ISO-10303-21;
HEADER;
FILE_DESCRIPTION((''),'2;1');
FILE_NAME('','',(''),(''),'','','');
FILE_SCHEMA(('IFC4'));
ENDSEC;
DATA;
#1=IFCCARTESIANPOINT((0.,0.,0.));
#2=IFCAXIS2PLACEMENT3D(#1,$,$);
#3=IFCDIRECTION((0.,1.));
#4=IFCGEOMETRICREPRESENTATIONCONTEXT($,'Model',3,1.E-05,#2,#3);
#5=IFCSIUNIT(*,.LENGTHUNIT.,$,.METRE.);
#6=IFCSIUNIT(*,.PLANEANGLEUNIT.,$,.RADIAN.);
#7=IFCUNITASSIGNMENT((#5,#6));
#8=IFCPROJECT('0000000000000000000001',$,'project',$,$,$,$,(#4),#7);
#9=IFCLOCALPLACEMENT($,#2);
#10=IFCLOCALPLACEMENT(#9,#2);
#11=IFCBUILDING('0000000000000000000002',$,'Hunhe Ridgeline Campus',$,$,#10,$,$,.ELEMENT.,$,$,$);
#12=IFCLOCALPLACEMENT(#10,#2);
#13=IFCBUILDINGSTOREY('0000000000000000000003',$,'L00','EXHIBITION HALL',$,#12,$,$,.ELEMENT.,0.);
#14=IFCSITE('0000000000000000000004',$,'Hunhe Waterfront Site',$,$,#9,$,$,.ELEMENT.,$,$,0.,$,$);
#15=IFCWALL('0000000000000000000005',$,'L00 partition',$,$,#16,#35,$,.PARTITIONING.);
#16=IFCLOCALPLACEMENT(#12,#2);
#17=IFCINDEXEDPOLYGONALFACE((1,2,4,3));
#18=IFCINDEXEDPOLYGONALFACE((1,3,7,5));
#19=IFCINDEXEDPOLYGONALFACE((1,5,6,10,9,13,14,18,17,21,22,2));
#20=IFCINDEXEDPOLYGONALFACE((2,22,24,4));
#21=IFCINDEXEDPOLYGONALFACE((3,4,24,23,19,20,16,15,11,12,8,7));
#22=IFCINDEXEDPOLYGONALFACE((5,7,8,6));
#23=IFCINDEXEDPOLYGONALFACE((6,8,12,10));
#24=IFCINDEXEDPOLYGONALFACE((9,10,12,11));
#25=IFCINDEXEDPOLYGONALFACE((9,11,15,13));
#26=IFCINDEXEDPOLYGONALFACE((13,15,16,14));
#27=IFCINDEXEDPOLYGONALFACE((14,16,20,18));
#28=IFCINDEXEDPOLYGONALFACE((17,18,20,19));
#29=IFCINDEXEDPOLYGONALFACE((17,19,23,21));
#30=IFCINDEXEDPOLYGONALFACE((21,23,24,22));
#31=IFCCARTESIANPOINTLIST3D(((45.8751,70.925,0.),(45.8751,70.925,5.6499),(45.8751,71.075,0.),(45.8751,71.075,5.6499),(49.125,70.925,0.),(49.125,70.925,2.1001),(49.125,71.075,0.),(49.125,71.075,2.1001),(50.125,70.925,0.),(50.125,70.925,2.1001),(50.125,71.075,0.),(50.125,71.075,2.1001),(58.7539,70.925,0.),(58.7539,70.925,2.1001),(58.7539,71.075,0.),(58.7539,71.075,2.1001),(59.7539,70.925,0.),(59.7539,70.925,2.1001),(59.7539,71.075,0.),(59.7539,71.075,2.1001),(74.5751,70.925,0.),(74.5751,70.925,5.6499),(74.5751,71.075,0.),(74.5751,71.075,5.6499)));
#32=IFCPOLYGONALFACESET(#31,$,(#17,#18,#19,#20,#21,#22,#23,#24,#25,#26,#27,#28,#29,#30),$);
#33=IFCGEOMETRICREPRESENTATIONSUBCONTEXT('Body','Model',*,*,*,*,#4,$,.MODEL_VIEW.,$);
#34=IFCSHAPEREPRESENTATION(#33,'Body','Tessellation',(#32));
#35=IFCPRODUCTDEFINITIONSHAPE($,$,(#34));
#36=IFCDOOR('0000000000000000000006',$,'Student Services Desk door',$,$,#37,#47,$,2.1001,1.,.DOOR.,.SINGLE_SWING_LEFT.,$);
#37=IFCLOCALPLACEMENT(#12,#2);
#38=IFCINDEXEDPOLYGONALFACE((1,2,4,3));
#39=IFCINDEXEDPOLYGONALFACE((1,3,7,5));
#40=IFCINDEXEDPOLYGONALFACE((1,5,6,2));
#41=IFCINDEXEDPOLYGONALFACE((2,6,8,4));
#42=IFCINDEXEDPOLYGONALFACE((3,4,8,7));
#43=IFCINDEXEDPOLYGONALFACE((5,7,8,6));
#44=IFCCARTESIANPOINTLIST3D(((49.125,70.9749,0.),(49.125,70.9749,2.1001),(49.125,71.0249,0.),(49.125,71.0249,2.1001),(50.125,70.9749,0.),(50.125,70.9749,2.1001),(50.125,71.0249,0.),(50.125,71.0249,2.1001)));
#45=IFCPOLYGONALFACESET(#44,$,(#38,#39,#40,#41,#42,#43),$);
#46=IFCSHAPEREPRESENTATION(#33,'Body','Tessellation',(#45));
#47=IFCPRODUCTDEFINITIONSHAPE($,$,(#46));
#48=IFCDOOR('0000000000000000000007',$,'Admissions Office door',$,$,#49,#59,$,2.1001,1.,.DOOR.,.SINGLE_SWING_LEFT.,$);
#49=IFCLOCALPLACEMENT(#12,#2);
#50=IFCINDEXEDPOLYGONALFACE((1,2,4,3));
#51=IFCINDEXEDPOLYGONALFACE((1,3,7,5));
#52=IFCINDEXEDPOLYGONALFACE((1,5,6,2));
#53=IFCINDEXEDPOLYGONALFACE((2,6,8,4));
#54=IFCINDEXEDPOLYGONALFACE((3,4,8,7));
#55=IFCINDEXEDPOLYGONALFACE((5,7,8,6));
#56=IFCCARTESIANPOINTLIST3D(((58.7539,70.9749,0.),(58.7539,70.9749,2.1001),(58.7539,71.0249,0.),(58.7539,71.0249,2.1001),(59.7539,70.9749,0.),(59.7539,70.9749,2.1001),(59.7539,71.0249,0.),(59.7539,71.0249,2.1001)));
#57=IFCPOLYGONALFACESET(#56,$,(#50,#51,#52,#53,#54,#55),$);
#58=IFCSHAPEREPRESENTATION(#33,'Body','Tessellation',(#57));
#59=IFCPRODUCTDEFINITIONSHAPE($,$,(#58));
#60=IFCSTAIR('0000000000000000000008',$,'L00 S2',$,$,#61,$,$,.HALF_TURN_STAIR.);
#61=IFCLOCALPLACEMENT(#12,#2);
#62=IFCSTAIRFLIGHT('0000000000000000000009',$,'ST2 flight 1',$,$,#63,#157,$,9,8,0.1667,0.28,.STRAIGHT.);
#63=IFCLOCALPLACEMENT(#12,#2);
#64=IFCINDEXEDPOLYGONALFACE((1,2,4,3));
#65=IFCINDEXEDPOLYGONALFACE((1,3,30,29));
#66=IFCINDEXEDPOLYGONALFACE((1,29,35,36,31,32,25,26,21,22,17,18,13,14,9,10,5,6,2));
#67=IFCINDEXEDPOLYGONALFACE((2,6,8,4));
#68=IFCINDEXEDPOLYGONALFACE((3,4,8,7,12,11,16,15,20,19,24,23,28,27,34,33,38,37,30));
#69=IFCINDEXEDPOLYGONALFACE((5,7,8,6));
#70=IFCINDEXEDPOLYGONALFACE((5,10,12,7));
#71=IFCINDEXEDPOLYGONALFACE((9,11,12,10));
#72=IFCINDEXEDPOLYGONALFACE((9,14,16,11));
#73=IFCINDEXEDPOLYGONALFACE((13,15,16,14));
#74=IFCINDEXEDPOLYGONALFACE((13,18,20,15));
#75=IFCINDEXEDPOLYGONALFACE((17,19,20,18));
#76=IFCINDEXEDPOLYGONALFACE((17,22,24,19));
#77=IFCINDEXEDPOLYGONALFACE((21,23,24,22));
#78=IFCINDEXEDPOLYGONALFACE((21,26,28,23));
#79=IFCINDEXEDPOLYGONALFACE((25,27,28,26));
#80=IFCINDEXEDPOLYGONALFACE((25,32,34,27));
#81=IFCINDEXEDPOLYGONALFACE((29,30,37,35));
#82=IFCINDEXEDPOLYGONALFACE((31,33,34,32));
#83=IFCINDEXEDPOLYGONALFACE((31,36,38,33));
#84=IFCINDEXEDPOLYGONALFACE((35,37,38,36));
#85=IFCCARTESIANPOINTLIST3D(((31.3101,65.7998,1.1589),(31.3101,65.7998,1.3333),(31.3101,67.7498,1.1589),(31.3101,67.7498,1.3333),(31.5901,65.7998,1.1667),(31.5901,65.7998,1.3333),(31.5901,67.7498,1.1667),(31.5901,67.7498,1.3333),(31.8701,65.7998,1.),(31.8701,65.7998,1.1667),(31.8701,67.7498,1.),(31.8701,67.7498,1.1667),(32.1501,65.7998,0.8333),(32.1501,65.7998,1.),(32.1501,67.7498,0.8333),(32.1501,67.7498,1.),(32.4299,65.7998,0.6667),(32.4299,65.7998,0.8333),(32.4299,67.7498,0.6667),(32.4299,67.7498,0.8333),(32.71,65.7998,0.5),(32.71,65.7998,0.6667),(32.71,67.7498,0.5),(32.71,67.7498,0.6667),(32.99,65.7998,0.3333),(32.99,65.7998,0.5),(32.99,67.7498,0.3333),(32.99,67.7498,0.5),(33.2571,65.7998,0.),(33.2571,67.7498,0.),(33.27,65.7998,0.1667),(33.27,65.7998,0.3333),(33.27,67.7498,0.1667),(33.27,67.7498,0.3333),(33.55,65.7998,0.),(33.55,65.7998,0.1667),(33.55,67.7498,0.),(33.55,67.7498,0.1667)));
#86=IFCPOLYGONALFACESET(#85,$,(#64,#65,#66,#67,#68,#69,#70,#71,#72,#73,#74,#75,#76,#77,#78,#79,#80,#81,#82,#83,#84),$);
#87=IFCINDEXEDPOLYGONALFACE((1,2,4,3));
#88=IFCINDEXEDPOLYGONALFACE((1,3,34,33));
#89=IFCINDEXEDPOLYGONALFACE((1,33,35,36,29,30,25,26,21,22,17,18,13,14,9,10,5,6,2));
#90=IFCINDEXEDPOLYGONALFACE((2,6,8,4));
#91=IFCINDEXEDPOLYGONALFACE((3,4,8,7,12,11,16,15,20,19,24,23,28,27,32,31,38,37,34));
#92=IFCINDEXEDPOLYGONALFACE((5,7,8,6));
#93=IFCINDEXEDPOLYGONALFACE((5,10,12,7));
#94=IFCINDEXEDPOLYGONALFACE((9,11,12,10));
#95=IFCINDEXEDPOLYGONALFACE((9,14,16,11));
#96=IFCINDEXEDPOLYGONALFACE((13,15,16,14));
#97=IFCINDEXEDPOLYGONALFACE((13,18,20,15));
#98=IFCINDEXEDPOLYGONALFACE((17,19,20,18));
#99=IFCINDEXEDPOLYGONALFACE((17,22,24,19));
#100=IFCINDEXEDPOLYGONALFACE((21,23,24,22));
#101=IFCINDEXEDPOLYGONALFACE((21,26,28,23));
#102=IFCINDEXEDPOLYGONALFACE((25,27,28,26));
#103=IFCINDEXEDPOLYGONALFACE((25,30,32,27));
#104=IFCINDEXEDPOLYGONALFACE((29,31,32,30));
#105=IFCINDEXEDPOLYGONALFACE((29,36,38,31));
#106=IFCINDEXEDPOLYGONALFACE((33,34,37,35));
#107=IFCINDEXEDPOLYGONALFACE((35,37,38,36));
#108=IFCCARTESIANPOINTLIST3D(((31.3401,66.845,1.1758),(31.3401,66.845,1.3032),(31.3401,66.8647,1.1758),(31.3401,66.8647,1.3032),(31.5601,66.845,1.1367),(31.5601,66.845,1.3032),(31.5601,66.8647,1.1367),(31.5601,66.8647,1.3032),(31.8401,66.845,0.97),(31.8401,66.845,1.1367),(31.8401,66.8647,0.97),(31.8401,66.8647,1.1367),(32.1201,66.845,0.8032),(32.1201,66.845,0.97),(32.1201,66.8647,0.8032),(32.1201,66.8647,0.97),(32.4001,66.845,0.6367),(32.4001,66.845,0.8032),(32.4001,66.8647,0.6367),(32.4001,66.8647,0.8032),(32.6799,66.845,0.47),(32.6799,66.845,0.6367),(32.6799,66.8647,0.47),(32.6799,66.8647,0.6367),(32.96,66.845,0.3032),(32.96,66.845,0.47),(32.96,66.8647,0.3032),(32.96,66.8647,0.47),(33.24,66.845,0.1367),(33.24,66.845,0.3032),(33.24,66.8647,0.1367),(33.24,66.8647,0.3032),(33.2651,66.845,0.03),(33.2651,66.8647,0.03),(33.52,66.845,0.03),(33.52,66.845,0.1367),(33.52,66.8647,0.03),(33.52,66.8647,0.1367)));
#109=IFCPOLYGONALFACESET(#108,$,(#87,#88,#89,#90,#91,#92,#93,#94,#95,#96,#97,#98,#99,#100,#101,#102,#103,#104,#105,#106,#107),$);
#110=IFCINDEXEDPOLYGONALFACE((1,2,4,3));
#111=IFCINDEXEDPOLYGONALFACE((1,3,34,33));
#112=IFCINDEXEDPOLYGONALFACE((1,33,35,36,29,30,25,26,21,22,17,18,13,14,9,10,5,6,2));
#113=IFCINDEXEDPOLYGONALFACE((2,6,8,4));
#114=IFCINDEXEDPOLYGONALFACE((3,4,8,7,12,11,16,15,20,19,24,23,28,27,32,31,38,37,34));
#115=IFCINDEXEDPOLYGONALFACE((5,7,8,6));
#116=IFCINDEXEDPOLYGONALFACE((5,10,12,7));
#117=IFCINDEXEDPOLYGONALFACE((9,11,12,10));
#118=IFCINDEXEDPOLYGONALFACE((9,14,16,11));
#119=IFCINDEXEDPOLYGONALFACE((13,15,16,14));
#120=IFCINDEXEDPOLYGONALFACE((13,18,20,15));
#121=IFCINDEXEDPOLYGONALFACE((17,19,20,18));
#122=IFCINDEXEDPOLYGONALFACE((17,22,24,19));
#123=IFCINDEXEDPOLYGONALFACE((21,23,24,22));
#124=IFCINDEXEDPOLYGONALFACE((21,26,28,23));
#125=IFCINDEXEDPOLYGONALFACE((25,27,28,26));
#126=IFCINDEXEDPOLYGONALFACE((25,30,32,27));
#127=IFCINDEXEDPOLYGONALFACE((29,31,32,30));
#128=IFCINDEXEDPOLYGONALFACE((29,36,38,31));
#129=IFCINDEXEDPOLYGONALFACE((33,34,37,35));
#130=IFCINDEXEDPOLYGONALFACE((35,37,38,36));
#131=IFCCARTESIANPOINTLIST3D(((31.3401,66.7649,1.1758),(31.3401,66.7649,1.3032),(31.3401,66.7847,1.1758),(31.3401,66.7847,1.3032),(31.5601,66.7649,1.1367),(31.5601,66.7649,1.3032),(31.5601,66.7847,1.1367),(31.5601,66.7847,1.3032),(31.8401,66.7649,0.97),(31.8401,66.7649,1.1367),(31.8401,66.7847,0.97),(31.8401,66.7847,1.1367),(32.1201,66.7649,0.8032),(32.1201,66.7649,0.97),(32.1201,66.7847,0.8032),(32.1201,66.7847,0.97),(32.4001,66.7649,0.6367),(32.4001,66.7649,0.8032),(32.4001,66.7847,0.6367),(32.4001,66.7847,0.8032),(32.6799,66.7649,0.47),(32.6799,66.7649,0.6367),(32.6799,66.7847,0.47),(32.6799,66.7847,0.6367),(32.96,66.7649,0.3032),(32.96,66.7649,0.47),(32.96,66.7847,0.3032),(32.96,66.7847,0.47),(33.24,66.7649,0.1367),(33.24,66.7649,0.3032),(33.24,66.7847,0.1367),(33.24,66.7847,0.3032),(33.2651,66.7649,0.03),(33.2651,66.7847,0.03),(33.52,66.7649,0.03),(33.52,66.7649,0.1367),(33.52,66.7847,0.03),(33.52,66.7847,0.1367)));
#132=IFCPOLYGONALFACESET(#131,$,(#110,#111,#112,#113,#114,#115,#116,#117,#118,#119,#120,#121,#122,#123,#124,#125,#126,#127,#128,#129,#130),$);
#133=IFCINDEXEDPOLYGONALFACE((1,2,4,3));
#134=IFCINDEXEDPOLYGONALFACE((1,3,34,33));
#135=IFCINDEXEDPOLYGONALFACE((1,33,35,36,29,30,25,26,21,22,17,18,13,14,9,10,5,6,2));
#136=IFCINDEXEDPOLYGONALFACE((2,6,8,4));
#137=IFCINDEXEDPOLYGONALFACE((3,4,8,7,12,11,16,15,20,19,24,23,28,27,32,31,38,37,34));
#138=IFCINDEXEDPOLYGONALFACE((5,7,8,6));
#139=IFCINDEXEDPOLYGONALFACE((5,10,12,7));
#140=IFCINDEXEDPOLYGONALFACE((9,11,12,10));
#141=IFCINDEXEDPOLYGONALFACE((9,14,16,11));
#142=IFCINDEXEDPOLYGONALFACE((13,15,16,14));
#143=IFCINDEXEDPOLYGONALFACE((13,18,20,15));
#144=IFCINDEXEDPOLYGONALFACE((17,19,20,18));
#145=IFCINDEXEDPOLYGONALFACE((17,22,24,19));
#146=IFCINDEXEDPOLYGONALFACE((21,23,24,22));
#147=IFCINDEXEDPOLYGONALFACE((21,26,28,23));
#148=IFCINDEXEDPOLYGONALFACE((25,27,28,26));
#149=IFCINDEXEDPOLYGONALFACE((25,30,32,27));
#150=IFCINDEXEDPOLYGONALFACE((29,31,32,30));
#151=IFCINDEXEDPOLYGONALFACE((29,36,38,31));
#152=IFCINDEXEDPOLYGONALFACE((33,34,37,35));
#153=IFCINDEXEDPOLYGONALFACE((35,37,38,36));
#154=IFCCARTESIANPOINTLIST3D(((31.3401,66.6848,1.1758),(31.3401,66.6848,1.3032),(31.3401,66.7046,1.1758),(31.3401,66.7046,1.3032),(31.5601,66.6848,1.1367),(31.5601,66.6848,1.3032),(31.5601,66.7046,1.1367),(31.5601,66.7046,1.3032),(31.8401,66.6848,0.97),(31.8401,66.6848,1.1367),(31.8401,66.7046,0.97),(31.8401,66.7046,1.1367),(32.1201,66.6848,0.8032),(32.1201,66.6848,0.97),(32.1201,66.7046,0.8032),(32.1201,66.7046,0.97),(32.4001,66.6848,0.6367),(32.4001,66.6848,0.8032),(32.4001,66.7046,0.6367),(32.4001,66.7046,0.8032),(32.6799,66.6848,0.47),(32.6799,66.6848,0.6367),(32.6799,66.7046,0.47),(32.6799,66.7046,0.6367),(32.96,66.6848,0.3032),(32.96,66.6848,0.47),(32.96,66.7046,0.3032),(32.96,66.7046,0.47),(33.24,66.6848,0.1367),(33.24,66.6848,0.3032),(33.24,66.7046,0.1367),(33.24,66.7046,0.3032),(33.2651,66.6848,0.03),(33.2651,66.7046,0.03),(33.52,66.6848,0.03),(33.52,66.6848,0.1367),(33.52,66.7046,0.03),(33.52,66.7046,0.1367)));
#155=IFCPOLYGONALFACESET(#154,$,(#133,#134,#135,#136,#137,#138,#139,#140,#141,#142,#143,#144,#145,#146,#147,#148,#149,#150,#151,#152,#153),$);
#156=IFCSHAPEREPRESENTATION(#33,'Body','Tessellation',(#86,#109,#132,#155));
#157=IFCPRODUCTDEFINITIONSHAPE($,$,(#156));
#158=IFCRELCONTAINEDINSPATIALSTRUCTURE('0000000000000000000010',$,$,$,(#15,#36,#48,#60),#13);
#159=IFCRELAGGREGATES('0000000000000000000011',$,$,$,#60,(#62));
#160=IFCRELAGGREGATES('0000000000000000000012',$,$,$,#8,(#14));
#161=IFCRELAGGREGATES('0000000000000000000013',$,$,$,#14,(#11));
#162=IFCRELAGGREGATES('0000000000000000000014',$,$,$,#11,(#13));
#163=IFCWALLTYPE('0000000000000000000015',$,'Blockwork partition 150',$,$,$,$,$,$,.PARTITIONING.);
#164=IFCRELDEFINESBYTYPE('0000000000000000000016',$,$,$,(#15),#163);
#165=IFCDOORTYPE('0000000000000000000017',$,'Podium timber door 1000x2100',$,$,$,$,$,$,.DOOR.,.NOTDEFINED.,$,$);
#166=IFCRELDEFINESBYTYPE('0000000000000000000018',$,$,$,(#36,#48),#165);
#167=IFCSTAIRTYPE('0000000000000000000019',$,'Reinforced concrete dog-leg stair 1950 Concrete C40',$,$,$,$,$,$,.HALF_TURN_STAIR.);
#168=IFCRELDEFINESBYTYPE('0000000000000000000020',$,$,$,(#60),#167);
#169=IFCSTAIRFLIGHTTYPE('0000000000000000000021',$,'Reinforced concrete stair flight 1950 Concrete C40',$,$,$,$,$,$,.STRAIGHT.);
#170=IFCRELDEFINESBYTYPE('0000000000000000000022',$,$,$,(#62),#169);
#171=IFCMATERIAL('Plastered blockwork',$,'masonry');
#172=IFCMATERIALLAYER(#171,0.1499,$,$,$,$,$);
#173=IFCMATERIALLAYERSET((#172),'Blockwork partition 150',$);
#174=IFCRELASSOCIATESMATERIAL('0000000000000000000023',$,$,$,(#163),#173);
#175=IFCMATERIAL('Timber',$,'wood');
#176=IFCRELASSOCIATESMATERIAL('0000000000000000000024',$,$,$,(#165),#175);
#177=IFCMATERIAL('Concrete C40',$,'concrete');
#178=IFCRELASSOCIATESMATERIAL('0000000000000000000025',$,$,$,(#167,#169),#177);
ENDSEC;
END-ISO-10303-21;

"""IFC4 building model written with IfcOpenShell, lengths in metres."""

from ifc_helpers import new_model, si_unit, direction, frame, frame_2d, origin, place, context, subcontext, project, spatial, polyline, rectangle, outline, extrude, material, layer, layer_set, type_object, element, fill, aggregate, save


model = new_model("IFC4")

# Units and contexts
model_context = context("Model", 3, precision=1e-05, world=origin(), true_north=direction((0.0, 1.0)))
body_context = subcontext(model_context, "Body", "Model", "MODEL_VIEW")
ifc_project = project(units=[si_unit("LENGTHUNIT", "METRE"), si_unit("PLANEANGLEUNIT", "RADIAN")], contexts=[model_context])

# Site, building, storey
site_placement = place(None, origin())
site = spatial("IfcSite", under=ifc_project, at=site_placement, Name="Hunhe Waterfront Site", CompositionType="ELEMENT", RefElevation=0.0)
building_placement = place(site_placement, origin())
building = spatial("IfcBuilding", under=site, at=building_placement, Name="Hunhe Ridgeline Campus", CompositionType="ELEMENT")
storey_placement = place(building_placement, origin())
storey = spatial("IfcBuildingStorey", under=building, at=storey_placement, Name="L00", Description="EXHIBITION HALL", CompositionType="ELEMENT", Elevation=0.0)

# Shared definitions
ifc_material_1 = material(Name="Plastered blockwork", Category="masonry")
ifc_layer = layer(ifc_material_1, 0.1499)
ifc_layer_set = layer_set([ifc_layer], Name="Blockwork partition 150")
wall_type = type_object("IfcWallType", Name="Blockwork partition 150", PredefinedType="PARTITIONING", material=ifc_layer_set)

# Shared definitions
ifc_material_2 = material(Name="Timber", Category="wood")
door_type_1 = type_object("IfcDoorType", Name="Podium timber door 1000x2100", OperationType="NOTDEFINED", PredefinedType="DOOR", material=ifc_material_2)

# Wall, openings, doors
wall_1_placement = place(storey_placement, frame((45.875, 71.0, 0.0), z_axis=(0.0, 0.0, 1.0), x_axis=(1.0, 0.0, 0.0)))
wall_1 = element("IfcWall", 1, at=wall_1_placement, inside=storey, type_object=wall_type, Name="L00 partition", PredefinedType="PARTITIONING", context=body_context, shape_type="SweptSolid", body=[
    extrude(rectangle(XDim=28.7, YDim=0.1499, at=frame_2d((14.3501, 0.0))), origin(), (0.0, 0.0, 1.0), 5.6499),
])
opening_1_placement = place(wall_1_placement, frame((3.25, 0.0, 0.0)))
opening_1 = element("IfcOpeningElement", 2, at=opening_1_placement, cuts=wall_1, PredefinedType="OPENING", context=body_context, shape_type="SweptSolid", body=[
    extrude(rectangle(XDim=1.0, YDim=2.1001, at=frame_2d((0.5, 1.05))), frame((0.0, 0.075, 0.0), z_axis=(0.0, -1.0, 0.0), x_axis=(1.0, 0.0, 0.0)), (0.0, 0.0, 1.0), 0.1499),
])
opening_2_placement = place(wall_1_placement, frame((12.8789, 0.0, 0.0)))
opening_2 = element("IfcOpeningElement", 3, at=opening_2_placement, cuts=wall_1, PredefinedType="OPENING", context=body_context, shape_type="SweptSolid", body=[
    extrude(rectangle(XDim=1.0, YDim=2.1001, at=frame_2d((0.5, 1.05))), frame((0.0, 0.075, 0.0), z_axis=(0.0, -1.0, 0.0), x_axis=(1.0, 0.0, 0.0)), (0.0, 0.0, 1.0), 0.1499),
])
door_1_placement = place(opening_1_placement, origin())
door_1 = element("IfcDoor", 4, at=door_1_placement, inside=storey, type_object=door_type_1, Name="Student Services Desk door", OperationType="SINGLE_SWING_LEFT", OverallHeight=2.1001, OverallWidth=1.0, PredefinedType="DOOR", context=body_context, shape_type="SweptSolid", body=[
    extrude(rectangle(XDim=1.0, YDim=2.1001, at=frame_2d((0.5, 1.05))), frame((0.0, 0.0249, 0.0), z_axis=(0.0, -1.0, 0.0), x_axis=(1.0, 0.0, 0.0)), (0.0, 0.0, 1.0), 0.05),
])
fill(opening_1, door_1)
door_2_placement = place(opening_2_placement, origin())
door_2 = element("IfcDoor", 5, at=door_2_placement, inside=storey, type_object=door_type_1, Name="Admissions Office door", OperationType="SINGLE_SWING_LEFT", OverallHeight=2.1001, OverallWidth=1.0, PredefinedType="DOOR", context=body_context, shape_type="SweptSolid", body=[
    extrude(rectangle(XDim=1.0, YDim=2.1001, at=frame_2d((0.5, 1.05))), frame((0.0, 0.0249, 0.0), z_axis=(0.0, -1.0, 0.0), x_axis=(1.0, 0.0, 0.0)), (0.0, 0.0, 1.0), 0.05),
])
fill(opening_2, door_2)

# Stair, stair flight
ifc_material_3 = material(Name="Concrete C40", Category="concrete")
stair_type = type_object("IfcStairType", Name="Reinforced concrete dog-leg stair 1950 Concrete C40", PredefinedType="HALF_TURN_STAIR", material=ifc_material_3)
stair_placement = place(storey_placement, origin())
stair = element("IfcStair", 6, at=stair_placement, inside=storey, type_object=stair_type, Name="L00 S2", PredefinedType="HALF_TURN_STAIR")
stair_flight_type = type_object("IfcStairFlightType", Name="Reinforced concrete stair flight 1950 Concrete C40", PredefinedType="STRAIGHT", material=ifc_material_3)
stair_flight_1_placement = place(storey_placement, frame((33.55, 66.7749, 0.0), z_axis=(0.0, 0.0, 1.0), x_axis=(-1.0, 0.0, 0.0)))
stair_flight_1 = element("IfcStairFlight", 7, at=stair_flight_1_placement, type_object=stair_flight_type, Name="ST2 flight 1", NumberOfRisers=9, NumberOfTreads=8, PredefinedType="STRAIGHT", RiserHeight=0.1667, TreadLength=0.28, context=body_context, shape_type="SweptSolid", body=[
    extrude(outline(polyline([(0.0, 0.0), (0.0, 0.1667), (0.28, 0.1667), (0.28, 0.3333), (0.5601, 0.3333), (0.5601, 0.5), (0.8401, 0.5), (0.8401, 0.6667), (1.1201, 0.6667), (1.1201, 0.8333), (1.3999, 0.8333), (1.3999, 1.0), (1.6799, 1.0), (1.6799, 1.1667), (1.96, 1.1667), (1.96, 1.3333), (2.24, 1.3333), (2.24, 1.5), (2.24, 1.1589), (0.293, 0.0), (0.0, 0.0)])), frame((0.0, 0.9751, 0.0), z_axis=(0.0, -1.0, 0.0), x_axis=(1.0, 0.0, 0.0)), (0.0, 0.0, 1.0), 1.95),
    extrude(outline(polyline([(0.03, 0.03), (0.03, 0.1367), (0.3101, 0.1367), (0.3101, 0.3032), (0.5901, 0.3032), (0.5901, 0.47), (0.8701, 0.47), (0.8701, 0.6367), (1.1499, 0.6367), (1.1499, 0.8032), (1.4299, 0.8032), (1.4299, 0.97), (1.71, 0.97), (1.71, 1.1367), (1.99, 1.1367), (1.99, 1.3032), (2.21, 1.3032), (2.21, 1.1758), (0.2849, 0.03), (0.03, 0.03)])), frame((0.0, -0.0701, 0.0), z_axis=(0.0, -1.0, 0.0), x_axis=(1.0, 0.0, 0.0)), (0.0, 0.0, 1.0), 0.0198),
    extrude(outline(polyline([(0.03, 0.03), (0.03, 0.1367), (0.3101, 0.1367), (0.3101, 0.3032), (0.5901, 0.3032), (0.5901, 0.47), (0.8701, 0.47), (0.8701, 0.6367), (1.1499, 0.6367), (1.1499, 0.8032), (1.4299, 0.8032), (1.4299, 0.97), (1.71, 0.97), (1.71, 1.1367), (1.99, 1.1367), (1.99, 1.3032), (2.21, 1.3032), (2.21, 1.1758), (0.2849, 0.03), (0.03, 0.03)])), frame((0.0, 0.01, 0.0), z_axis=(0.0, -1.0, 0.0), x_axis=(1.0, 0.0, 0.0)), (0.0, 0.0, 1.0), 0.0198),
    extrude(outline(polyline([(0.03, 0.03), (0.03, 0.1367), (0.3101, 0.1367), (0.3101, 0.3032), (0.5901, 0.3032), (0.5901, 0.47), (0.8701, 0.47), (0.8701, 0.6367), (1.1499, 0.6367), (1.1499, 0.8032), (1.4299, 0.8032), (1.4299, 0.97), (1.71, 0.97), (1.71, 1.1367), (1.99, 1.1367), (1.99, 1.3032), (2.21, 1.3032), (2.21, 1.1758), (0.2849, 0.03), (0.03, 0.03)])), frame((0.0, 0.0901, 0.0), z_axis=(0.0, -1.0, 0.0), x_axis=(1.0, 0.0, 0.0)), (0.0, 0.0, 1.0), 0.0198),
])
aggregate(stair, [stair_flight_1])

save(model, "model.ifc")
